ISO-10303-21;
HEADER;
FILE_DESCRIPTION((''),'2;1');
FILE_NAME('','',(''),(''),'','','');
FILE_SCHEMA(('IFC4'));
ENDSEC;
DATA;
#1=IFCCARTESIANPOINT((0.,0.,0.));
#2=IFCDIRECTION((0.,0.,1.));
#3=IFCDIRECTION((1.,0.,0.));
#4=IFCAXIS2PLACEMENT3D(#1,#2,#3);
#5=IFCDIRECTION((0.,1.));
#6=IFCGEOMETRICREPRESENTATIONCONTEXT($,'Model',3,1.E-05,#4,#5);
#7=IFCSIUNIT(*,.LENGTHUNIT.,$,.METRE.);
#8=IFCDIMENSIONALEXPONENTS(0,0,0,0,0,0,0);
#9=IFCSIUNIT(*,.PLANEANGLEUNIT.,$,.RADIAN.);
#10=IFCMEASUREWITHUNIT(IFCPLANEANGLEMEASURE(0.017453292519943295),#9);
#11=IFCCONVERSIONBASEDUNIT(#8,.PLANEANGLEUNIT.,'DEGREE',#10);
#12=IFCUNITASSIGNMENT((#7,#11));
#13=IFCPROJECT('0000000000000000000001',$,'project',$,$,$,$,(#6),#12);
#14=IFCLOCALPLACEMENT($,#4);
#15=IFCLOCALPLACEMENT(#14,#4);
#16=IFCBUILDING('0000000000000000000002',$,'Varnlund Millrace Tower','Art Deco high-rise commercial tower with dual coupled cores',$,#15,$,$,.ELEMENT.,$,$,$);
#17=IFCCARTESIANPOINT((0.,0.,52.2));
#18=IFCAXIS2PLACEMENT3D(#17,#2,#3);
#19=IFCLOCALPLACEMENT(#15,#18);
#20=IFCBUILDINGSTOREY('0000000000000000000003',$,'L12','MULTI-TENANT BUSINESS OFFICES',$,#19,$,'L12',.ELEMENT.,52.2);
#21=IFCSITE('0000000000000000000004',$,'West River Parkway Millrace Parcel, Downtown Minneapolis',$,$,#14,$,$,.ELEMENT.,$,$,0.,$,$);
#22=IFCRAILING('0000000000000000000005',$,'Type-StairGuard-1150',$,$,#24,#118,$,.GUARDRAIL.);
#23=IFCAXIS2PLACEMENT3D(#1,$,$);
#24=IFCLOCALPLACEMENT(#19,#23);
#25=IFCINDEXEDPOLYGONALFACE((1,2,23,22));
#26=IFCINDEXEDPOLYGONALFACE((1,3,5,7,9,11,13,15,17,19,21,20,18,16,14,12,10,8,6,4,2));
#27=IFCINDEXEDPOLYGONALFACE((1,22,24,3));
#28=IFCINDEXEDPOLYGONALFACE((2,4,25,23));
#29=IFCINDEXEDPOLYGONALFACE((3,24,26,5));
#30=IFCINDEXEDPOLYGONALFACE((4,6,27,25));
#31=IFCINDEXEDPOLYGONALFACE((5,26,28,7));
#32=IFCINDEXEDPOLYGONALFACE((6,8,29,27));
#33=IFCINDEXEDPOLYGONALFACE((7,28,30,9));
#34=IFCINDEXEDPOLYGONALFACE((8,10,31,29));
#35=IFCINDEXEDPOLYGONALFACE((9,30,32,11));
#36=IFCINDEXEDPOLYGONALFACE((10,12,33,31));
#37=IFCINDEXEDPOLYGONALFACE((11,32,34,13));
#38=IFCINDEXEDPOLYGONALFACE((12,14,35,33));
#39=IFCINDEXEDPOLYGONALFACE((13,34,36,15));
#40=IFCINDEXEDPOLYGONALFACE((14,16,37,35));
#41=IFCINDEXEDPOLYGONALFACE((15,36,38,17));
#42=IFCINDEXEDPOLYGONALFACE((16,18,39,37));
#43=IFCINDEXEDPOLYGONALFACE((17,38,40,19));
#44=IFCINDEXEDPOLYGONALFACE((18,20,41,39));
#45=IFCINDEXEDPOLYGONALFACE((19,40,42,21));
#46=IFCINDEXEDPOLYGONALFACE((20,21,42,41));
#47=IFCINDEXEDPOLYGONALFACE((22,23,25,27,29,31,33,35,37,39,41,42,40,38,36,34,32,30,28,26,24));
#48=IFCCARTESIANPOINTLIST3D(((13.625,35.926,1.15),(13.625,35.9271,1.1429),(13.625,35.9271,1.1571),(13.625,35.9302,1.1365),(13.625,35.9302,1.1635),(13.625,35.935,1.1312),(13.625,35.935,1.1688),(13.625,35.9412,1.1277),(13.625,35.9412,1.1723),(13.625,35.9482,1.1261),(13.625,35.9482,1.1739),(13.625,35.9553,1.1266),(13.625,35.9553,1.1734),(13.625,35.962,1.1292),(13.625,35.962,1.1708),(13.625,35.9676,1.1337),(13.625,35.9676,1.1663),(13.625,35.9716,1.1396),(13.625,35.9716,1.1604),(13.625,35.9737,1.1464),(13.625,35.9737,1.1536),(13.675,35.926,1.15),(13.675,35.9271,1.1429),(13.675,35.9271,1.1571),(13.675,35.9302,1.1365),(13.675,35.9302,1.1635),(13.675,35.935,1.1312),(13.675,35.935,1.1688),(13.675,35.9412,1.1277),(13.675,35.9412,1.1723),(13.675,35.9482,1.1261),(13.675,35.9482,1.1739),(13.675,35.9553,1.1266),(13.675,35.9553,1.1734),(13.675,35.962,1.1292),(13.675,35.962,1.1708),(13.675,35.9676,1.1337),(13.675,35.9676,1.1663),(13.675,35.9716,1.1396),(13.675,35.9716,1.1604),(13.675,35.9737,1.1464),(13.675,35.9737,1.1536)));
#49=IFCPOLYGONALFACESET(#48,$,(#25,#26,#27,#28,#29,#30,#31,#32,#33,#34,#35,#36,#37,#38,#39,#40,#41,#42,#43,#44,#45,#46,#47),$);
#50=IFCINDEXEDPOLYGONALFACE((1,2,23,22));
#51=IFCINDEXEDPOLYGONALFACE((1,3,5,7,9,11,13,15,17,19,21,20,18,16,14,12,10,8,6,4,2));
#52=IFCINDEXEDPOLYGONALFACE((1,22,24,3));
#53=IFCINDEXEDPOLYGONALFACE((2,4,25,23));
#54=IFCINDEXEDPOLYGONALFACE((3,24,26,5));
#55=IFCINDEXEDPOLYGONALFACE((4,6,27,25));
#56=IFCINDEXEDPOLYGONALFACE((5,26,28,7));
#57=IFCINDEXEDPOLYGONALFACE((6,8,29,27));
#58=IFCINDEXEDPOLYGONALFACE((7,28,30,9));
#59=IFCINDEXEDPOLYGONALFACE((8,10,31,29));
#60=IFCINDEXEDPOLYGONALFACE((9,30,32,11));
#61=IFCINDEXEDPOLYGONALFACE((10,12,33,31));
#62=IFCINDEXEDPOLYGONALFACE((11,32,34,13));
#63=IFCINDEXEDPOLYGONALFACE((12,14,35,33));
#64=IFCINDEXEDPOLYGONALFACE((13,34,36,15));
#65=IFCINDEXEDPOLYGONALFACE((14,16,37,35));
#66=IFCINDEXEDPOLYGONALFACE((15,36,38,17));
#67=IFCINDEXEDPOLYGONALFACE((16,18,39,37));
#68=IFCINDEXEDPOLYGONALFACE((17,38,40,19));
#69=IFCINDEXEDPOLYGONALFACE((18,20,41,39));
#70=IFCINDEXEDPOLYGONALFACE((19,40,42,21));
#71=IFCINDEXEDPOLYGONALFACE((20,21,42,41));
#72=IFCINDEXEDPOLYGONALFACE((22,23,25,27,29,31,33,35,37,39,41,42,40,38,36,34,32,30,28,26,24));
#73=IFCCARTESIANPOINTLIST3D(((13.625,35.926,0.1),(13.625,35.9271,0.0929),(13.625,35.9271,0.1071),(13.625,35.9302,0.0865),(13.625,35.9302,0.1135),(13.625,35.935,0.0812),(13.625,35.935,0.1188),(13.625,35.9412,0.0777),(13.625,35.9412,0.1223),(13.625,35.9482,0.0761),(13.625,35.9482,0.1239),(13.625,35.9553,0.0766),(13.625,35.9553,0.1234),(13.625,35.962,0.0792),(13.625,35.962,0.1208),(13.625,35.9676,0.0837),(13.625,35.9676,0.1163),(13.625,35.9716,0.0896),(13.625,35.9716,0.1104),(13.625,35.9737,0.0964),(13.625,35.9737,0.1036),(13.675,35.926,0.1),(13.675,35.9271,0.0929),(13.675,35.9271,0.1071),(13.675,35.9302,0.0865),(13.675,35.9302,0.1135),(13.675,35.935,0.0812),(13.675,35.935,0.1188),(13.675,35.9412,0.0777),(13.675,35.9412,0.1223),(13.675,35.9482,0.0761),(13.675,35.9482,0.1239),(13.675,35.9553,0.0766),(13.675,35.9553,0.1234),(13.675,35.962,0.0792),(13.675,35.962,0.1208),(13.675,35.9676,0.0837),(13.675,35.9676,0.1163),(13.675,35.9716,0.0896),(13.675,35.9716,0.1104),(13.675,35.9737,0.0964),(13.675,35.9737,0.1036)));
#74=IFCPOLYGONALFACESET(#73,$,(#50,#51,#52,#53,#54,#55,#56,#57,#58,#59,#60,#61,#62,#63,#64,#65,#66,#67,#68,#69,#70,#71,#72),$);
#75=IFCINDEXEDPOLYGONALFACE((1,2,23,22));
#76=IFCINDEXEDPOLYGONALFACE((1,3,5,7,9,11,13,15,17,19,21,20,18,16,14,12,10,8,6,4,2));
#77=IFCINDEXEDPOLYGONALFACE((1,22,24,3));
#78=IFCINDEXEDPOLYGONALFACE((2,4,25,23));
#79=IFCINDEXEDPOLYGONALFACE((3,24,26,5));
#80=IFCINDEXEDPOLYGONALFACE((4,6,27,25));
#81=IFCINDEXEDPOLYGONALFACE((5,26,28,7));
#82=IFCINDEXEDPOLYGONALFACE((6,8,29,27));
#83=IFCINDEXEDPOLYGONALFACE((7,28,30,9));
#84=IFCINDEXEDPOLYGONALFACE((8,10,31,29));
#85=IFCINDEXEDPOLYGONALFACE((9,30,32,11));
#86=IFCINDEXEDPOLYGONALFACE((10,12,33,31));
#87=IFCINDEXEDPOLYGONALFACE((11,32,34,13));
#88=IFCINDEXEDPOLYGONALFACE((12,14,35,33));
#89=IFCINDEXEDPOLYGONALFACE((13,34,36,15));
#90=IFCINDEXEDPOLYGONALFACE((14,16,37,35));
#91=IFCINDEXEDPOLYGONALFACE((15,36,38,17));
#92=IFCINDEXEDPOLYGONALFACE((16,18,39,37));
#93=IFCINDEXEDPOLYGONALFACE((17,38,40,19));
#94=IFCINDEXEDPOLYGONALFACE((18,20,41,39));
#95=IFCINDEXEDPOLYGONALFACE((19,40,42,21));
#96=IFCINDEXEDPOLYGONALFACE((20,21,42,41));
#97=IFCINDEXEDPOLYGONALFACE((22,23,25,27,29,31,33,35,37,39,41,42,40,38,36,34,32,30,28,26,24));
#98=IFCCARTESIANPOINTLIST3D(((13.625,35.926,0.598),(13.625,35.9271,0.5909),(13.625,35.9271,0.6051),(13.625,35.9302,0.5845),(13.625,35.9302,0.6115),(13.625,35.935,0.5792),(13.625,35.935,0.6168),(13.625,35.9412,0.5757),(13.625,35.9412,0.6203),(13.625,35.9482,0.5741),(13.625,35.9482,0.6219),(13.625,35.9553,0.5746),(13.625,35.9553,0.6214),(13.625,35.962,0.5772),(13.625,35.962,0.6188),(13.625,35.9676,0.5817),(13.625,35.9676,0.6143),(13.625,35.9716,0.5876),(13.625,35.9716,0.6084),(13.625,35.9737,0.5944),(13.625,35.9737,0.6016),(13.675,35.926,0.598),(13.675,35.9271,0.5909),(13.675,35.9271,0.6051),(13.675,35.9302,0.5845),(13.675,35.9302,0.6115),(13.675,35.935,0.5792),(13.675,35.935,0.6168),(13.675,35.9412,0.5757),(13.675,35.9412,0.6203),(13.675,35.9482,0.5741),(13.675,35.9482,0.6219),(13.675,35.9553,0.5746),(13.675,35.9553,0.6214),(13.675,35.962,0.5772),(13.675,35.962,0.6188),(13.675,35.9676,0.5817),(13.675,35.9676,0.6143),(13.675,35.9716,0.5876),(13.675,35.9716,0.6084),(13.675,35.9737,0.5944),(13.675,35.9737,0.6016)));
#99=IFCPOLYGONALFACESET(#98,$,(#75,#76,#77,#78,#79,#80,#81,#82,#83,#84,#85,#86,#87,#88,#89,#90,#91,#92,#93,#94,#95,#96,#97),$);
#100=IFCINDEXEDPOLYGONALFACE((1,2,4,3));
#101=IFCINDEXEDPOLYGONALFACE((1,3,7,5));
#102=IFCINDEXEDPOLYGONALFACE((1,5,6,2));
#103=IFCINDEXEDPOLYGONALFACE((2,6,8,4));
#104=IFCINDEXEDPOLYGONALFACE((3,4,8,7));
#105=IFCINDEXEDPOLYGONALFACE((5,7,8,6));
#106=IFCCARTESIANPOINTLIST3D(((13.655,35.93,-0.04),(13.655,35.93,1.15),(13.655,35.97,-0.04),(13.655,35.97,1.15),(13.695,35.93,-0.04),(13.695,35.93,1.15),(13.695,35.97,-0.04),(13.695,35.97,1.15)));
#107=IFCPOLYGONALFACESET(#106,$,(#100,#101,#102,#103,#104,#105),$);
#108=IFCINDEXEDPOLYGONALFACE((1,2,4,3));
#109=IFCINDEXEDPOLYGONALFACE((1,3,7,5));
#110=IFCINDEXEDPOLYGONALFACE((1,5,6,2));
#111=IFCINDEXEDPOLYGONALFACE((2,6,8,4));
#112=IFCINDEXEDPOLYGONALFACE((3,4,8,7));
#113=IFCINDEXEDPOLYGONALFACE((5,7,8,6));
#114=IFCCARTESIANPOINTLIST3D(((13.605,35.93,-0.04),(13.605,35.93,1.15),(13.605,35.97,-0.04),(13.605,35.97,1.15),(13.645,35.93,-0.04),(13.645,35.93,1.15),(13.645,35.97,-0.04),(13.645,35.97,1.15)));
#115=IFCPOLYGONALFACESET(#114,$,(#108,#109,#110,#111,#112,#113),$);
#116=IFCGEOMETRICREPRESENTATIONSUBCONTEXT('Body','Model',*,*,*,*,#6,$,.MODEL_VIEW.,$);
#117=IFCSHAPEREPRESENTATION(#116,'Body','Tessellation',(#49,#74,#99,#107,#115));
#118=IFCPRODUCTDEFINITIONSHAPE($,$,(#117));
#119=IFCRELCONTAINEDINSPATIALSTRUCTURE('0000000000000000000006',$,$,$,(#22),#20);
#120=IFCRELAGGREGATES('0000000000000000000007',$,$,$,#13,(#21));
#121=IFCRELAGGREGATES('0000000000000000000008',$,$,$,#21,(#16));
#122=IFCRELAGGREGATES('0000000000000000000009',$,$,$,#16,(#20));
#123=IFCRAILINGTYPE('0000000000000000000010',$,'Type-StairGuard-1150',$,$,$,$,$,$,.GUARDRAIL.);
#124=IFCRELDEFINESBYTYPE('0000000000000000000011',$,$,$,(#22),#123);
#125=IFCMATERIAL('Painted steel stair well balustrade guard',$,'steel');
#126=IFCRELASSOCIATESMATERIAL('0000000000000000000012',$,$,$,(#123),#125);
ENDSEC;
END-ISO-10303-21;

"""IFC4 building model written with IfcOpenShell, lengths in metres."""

from ifc_helpers import new_model, entity, si_unit, converted_unit, direction, frame, origin_with_axes, origin_2d_with_axis, place, context, subcontext, project, spatial, rectangle, circle, extrude, material, type_object, element, save


model = new_model("IFC4")

# Units and contexts
model_context = context("Model", 3, precision=1e-05, world=origin_with_axes(), true_north=direction((0.0, 1.0)))
body_context = subcontext(model_context, "Body", "Model", "MODEL_VIEW")
ifc_project = project(units=[si_unit("LENGTHUNIT", "METRE"), converted_unit("PLANEANGLEUNIT", "DEGREE", entity("IfcPlaneAngleMeasure", 0.017453292519943295), si_unit("PLANEANGLEUNIT", "RADIAN"), dimensions=[0, 0, 0, 0, 0, 0, 0])], contexts=[model_context])

# Site, building, storey
site_placement = place(None, origin_with_axes())
site = spatial("IfcSite", under=ifc_project, at=site_placement, Name="West River Parkway Millrace Parcel, Downtown Minneapolis", CompositionType="ELEMENT", RefElevation=0.0)
building_placement = place(site_placement, origin_with_axes())
building = spatial("IfcBuilding", under=site, at=building_placement, Name="Varnlund Millrace Tower", Description="Art Deco high-rise commercial tower with dual coupled cores", CompositionType="ELEMENT")
storey_placement = place(building_placement, frame((0.0, 0.0, 52.2), z_axis=(0.0, 0.0, 1.0), x_axis=(1.0, 0.0, 0.0)))
storey = spatial("IfcBuildingStorey", under=building, at=storey_placement, Name="L12", Description="MULTI-TENANT BUSINESS OFFICES", LongName="L12", CompositionType="ELEMENT", Elevation=52.2)

# Railing
ifc_material_1 = material(Name="Painted steel stair well balustrade guard", Category="steel")
railing_type_1 = type_object("IfcRailingType", Name="Type-StairGuard-1150", PredefinedType="GUARDRAIL", material=ifc_material_1)
railing_1_placement = place(storey_placement, frame((0.0, 0.0, -52.2), z_axis=(0.0, 0.0, 1.0), x_axis=(1.0, 0.0, 0.0)))
element("IfcRailing", 1, at=railing_1_placement, inside=storey, type_object=railing_type_1, Name="Type-StairGuard-1150", PredefinedType="GUARDRAIL", context=body_context, shape_type="SweptSolid", body=[
    extrude(circle(Radius=0.024, at=origin_2d_with_axis()), frame((13.675, 35.95, 53.35), z_axis=(-1.0, 0.0, 0.0), x_axis=(0.0, -1.0, 0.0)), (0.0, 0.0, 1.0), 0.05),
    extrude(circle(Radius=0.024, at=origin_2d_with_axis()), frame((13.675, 35.95, 52.3), z_axis=(-1.0, 0.0, 0.0), x_axis=(0.0, -1.0, 0.0)), (0.0, 0.0, 1.0), 0.05),
    extrude(circle(Radius=0.024, at=origin_2d_with_axis()), frame((13.675, 35.95, 52.798), z_axis=(-1.0, 0.0, 0.0), x_axis=(0.0, -1.0, 0.0)), (0.0, 0.0, 1.0), 0.05),
    extrude(rectangle(XDim=0.04, YDim=0.04, at=origin_2d_with_axis()), frame((13.675, 35.95, 52.16), z_axis=(0.0, 0.0, 1.0), x_axis=(1.0, 0.0, 0.0)), (0.0, 0.0, 1.0), 1.19),
    extrude(rectangle(XDim=0.04, YDim=0.04, at=origin_2d_with_axis()), frame((13.625, 35.95, 52.16), z_axis=(0.0, 0.0, 1.0), x_axis=(1.0, 0.0, 0.0)), (0.0, 0.0, 1.0), 1.19),
])

save(model, "model.ifc")
